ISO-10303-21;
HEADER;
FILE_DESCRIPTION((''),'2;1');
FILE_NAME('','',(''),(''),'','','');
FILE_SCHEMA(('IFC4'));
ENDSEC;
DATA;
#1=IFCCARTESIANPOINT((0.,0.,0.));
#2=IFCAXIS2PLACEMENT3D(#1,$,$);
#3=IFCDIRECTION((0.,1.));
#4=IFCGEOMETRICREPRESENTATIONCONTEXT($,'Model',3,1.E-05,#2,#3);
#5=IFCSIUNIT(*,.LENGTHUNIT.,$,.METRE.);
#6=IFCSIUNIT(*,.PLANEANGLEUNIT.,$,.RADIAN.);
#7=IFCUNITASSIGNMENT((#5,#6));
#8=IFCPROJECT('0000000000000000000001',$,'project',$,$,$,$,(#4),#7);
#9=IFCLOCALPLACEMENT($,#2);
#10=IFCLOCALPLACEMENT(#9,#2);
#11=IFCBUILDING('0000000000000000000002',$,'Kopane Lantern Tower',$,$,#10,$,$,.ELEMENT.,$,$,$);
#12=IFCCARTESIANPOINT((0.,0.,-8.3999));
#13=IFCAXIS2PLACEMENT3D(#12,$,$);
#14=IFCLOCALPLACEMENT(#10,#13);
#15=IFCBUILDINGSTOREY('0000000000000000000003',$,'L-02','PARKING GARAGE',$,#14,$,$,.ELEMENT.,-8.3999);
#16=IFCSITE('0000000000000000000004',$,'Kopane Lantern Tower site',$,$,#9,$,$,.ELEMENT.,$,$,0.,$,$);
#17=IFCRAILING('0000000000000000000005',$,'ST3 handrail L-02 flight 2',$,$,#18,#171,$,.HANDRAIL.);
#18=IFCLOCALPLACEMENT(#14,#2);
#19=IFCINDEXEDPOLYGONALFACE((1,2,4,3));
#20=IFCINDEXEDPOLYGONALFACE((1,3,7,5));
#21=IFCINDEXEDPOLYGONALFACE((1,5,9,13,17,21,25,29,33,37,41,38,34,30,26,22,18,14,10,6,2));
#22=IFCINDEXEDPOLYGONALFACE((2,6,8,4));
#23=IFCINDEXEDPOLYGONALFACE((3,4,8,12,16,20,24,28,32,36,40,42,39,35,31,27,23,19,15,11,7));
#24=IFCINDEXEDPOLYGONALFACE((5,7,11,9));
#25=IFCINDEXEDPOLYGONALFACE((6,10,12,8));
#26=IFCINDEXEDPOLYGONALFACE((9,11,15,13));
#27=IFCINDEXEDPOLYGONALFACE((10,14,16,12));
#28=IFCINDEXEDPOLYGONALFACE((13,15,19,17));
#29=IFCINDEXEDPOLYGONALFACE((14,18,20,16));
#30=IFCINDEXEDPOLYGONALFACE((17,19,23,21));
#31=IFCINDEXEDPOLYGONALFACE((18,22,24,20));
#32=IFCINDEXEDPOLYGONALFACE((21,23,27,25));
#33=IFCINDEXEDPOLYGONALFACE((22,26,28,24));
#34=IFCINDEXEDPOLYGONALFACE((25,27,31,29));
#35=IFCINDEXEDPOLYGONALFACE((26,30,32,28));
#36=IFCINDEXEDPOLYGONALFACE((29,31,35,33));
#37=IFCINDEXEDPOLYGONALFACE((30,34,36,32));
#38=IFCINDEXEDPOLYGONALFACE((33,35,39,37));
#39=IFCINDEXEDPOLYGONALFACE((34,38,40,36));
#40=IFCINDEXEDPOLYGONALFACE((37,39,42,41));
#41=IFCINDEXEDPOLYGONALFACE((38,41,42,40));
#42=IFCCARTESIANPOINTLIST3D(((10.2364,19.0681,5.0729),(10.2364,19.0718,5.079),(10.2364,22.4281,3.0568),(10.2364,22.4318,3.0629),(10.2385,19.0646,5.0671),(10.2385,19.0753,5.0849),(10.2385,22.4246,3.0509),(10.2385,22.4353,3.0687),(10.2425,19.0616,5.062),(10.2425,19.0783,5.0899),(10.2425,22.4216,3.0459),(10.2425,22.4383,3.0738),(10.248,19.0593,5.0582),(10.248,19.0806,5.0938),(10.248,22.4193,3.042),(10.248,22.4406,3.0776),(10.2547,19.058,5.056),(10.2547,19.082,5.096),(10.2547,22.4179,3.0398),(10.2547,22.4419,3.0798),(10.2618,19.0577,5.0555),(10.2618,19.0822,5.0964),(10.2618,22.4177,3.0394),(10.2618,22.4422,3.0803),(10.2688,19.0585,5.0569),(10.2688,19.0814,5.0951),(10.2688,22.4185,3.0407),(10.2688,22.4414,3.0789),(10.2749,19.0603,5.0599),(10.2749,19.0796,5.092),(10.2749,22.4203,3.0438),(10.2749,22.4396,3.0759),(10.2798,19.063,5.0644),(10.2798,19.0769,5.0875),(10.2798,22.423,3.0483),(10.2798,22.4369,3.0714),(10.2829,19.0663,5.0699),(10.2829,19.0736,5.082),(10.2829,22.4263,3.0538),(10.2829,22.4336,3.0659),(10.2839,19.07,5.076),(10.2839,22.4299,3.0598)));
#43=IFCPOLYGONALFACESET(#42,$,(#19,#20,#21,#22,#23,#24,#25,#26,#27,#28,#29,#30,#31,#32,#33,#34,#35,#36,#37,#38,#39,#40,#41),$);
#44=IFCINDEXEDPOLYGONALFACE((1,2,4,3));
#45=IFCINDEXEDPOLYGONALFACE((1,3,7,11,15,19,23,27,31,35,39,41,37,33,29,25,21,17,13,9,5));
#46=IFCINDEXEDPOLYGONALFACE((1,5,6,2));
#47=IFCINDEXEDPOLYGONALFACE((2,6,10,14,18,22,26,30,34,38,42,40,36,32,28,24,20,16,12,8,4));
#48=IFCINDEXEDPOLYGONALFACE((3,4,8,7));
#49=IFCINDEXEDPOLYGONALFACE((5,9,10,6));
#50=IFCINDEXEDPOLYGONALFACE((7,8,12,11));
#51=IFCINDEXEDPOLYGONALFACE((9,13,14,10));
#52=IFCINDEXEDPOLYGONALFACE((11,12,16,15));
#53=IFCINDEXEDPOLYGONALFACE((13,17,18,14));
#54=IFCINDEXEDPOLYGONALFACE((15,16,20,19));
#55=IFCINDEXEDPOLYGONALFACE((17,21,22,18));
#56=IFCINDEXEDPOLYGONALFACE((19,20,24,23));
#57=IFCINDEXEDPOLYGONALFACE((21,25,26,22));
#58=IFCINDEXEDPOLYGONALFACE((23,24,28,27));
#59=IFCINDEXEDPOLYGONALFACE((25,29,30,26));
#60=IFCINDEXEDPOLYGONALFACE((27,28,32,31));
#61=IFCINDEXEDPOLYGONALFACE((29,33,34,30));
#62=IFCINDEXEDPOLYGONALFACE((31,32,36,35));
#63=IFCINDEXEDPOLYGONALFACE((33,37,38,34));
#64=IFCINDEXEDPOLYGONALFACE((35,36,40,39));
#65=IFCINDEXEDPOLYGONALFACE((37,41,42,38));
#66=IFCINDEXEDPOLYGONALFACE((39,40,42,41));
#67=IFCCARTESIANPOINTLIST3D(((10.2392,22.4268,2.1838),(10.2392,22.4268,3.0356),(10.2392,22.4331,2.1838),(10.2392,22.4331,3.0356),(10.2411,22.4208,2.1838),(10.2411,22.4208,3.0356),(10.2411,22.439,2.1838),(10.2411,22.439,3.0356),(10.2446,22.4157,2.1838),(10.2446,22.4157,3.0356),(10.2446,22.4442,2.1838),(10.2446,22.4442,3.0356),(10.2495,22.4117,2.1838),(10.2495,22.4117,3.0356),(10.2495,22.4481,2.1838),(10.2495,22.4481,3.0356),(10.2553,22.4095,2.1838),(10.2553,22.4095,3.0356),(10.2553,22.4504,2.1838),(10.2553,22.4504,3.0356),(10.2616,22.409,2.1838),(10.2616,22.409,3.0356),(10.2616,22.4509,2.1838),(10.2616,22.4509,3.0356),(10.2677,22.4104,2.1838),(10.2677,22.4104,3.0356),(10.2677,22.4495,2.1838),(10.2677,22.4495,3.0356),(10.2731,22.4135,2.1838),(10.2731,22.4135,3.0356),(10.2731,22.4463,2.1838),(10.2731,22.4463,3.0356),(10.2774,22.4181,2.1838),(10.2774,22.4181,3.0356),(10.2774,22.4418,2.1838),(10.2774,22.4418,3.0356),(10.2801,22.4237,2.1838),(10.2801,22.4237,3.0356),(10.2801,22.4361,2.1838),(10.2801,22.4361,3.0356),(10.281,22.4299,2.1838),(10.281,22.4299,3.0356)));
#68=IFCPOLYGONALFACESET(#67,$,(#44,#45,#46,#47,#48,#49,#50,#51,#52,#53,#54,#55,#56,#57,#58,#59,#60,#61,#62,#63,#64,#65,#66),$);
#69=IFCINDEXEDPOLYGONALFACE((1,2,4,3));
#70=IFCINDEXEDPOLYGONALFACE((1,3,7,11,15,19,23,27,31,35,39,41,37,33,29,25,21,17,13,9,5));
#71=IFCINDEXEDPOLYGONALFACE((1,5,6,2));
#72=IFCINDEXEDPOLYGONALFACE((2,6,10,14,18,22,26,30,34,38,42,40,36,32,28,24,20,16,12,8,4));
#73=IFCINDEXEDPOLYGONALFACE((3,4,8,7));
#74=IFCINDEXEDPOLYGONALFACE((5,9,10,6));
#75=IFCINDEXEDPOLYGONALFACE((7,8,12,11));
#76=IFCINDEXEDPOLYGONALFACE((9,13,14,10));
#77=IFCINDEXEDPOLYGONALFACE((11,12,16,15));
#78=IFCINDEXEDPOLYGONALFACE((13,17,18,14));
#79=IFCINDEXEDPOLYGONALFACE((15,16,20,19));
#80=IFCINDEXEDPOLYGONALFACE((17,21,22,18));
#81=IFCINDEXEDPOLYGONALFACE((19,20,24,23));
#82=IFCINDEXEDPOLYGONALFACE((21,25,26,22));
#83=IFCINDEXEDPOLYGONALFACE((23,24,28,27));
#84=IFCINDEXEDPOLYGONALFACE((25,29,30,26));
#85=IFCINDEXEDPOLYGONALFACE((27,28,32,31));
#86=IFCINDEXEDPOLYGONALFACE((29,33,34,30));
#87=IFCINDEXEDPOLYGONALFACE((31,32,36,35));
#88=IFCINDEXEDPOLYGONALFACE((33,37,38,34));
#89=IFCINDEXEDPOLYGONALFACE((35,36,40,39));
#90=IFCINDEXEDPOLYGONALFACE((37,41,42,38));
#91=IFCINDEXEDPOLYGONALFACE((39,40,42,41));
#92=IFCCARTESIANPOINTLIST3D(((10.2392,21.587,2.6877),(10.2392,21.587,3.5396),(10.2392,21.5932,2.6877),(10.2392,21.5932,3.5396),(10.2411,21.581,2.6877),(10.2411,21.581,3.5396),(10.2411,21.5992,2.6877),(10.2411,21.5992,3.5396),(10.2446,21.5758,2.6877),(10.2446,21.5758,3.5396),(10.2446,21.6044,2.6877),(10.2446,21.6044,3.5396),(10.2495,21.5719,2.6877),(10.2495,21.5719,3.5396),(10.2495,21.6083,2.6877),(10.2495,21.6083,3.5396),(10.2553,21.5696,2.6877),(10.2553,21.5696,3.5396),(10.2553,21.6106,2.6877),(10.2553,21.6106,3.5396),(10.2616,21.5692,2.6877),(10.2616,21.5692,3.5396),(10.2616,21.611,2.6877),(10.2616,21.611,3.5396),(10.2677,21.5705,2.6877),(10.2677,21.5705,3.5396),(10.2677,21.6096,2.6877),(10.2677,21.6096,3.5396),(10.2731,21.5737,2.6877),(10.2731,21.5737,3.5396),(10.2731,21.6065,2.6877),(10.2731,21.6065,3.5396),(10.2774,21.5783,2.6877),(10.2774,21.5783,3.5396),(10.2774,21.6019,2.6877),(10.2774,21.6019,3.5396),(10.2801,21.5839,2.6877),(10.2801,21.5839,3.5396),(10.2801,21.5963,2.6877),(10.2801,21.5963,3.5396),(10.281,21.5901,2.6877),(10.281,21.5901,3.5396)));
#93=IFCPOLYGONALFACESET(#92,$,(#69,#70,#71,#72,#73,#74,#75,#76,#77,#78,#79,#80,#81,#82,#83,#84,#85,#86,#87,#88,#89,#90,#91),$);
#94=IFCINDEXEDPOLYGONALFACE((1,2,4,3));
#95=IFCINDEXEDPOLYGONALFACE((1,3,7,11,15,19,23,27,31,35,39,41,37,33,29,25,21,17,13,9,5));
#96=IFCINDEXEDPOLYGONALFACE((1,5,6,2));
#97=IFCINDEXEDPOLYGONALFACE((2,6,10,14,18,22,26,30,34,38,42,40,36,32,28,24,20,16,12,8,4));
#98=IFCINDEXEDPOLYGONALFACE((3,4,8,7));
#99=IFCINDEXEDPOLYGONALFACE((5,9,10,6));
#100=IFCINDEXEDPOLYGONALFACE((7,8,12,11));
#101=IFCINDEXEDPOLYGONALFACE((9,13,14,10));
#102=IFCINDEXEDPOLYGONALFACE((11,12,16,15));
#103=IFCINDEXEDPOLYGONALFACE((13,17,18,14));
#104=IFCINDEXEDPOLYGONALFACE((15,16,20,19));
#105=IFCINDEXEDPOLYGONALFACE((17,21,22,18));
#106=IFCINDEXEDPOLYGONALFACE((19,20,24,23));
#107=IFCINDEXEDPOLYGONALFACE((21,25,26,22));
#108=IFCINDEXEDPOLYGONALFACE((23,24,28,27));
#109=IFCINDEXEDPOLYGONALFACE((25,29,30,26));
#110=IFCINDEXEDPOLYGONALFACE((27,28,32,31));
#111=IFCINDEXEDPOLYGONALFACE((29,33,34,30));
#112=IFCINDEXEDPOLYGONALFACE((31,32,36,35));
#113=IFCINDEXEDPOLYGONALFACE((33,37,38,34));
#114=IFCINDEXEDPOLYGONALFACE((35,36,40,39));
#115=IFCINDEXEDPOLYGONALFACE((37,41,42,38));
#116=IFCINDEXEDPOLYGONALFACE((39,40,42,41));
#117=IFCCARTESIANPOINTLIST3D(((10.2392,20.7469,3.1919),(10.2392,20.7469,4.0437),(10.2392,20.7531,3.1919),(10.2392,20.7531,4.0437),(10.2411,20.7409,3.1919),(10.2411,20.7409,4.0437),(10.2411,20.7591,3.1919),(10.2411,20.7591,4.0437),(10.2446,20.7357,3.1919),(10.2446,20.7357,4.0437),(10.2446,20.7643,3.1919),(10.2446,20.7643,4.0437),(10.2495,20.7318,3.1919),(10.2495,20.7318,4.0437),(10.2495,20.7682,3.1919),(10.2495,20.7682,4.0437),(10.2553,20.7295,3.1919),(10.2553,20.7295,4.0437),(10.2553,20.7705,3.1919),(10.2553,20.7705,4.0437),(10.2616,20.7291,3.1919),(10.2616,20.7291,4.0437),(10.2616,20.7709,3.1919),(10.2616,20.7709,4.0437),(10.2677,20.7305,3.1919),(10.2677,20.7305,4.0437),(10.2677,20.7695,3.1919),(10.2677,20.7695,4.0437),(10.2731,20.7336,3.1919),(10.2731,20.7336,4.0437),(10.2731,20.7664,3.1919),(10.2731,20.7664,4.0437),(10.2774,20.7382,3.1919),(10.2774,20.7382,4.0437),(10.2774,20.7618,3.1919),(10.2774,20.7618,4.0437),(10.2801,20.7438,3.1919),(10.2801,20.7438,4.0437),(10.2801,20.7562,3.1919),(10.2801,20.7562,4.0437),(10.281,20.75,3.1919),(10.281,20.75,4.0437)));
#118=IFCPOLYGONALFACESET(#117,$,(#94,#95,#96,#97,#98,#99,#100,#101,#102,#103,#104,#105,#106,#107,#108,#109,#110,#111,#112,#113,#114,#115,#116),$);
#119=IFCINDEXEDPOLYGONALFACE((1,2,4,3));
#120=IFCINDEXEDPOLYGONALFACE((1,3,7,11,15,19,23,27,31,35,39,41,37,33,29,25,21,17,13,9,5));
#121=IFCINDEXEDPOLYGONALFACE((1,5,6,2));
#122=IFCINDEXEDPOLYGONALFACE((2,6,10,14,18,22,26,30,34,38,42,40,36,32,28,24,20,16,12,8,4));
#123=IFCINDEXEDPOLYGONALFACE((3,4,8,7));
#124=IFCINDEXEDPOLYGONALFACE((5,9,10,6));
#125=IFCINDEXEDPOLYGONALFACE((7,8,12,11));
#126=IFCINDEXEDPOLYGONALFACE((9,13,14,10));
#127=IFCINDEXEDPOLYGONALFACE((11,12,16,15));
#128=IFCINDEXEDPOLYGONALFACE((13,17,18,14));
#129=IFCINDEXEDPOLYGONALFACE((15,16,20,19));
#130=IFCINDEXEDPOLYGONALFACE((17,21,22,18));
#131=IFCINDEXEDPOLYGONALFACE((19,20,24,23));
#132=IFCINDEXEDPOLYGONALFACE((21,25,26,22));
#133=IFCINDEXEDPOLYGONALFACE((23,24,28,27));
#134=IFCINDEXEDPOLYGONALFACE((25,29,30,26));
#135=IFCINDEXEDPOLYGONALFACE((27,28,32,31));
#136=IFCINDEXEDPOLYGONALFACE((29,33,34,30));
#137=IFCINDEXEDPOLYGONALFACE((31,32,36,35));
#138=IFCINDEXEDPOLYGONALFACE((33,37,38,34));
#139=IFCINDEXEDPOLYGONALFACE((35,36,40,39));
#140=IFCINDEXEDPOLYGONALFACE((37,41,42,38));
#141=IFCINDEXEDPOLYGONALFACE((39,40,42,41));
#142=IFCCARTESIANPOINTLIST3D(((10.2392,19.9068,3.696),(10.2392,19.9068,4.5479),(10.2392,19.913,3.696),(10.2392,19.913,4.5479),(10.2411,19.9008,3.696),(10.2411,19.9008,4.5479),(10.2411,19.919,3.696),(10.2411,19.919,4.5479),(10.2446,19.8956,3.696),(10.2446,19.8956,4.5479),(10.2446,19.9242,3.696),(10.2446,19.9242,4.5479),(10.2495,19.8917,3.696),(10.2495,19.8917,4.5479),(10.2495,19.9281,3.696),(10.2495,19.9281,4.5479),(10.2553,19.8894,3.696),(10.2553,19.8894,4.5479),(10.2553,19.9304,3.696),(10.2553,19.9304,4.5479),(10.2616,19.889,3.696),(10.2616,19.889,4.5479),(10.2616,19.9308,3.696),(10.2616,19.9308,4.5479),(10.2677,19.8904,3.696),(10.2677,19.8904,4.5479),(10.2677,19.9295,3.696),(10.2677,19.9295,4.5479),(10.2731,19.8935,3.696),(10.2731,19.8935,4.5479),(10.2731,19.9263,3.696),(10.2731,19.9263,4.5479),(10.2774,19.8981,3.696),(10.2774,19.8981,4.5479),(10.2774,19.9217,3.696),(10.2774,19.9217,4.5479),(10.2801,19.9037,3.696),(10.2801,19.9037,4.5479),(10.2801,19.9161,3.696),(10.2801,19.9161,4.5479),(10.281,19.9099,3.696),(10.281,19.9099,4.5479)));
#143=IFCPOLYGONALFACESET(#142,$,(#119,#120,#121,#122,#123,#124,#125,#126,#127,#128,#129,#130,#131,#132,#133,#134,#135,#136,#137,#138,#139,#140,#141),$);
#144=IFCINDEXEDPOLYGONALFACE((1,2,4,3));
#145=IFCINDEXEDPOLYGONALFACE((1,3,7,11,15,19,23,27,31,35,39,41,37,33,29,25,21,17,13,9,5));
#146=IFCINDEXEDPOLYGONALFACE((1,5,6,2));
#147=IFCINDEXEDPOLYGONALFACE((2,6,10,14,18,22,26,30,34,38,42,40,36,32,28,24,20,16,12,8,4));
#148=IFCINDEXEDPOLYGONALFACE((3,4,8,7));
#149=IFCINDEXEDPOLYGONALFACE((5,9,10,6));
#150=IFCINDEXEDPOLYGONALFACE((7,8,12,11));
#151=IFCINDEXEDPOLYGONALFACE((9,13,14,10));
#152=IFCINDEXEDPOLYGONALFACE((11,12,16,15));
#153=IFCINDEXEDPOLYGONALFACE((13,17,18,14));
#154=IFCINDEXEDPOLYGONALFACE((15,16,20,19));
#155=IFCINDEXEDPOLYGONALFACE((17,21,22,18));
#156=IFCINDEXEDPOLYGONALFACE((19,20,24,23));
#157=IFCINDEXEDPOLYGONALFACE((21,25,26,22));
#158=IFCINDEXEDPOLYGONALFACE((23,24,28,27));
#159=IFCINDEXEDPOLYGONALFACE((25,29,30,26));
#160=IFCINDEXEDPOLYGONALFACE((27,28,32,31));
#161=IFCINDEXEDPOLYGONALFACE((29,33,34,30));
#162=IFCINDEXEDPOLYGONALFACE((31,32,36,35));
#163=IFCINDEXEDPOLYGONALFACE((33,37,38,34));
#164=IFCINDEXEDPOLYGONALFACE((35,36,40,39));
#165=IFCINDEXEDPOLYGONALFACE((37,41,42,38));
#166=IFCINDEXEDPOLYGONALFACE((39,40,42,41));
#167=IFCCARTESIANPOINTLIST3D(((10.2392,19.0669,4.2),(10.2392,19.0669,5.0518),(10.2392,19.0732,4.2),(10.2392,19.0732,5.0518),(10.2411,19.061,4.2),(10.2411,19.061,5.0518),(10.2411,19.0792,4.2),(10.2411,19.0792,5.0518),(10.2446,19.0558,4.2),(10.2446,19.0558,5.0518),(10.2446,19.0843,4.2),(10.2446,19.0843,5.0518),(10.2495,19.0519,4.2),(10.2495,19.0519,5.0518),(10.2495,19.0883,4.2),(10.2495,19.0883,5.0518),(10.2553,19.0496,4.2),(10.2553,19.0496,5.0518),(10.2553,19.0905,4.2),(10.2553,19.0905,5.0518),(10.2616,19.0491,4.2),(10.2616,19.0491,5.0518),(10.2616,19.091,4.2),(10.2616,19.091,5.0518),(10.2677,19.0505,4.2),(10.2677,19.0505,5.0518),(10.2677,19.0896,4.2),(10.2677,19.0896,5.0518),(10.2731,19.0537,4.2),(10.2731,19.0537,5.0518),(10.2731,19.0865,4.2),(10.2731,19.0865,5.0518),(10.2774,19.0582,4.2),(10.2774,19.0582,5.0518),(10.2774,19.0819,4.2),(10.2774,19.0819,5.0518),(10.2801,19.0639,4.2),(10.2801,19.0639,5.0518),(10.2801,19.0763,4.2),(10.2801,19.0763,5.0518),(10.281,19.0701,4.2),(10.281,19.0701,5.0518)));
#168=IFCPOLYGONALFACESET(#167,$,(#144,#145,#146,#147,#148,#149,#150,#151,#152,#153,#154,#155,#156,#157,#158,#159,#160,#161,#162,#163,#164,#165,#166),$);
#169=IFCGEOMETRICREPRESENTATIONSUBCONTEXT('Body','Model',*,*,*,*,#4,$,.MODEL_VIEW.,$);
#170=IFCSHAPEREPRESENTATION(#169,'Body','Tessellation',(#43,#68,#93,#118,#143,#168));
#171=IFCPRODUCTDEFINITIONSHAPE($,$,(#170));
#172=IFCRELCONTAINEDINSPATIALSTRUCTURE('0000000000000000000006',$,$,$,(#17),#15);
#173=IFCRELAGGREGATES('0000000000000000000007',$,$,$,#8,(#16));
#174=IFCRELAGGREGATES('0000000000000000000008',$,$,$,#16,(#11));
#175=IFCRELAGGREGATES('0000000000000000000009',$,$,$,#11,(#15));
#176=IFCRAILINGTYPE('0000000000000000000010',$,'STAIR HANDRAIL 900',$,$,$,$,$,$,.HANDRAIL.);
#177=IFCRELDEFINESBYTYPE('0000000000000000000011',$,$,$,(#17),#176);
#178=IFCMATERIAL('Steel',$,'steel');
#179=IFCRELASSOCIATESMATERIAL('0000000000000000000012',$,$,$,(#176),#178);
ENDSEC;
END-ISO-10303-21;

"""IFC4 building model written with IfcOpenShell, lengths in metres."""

from ifc_helpers import new_model, si_unit, direction, frame, origin, origin_2d, place, context, subcontext, project, spatial, circle, extrude, material, type_object, element, save


model = new_model("IFC4")

# Units and contexts
model_context = context("Model", 3, precision=1e-05, world=origin(), true_north=direction((0.0, 1.0)))
body_context = subcontext(model_context, "Body", "Model", "MODEL_VIEW")
ifc_project = project(units=[si_unit("LENGTHUNIT", "METRE"), si_unit("PLANEANGLEUNIT", "RADIAN")], contexts=[model_context])

# Site, building, storey
site_placement = place(None, origin())
site = spatial("IfcSite", under=ifc_project, at=site_placement, Name="Kopane Lantern Tower site", CompositionType="ELEMENT", RefElevation=0.0)
building_placement = place(site_placement, origin())
building = spatial("IfcBuilding", under=site, at=building_placement, Name="Kopane Lantern Tower", CompositionType="ELEMENT")
storey_placement = place(building_placement, frame((0.0, 0.0, -8.3999)))
storey = spatial("IfcBuildingStorey", under=building, at=storey_placement, Name="L-02", Description="PARKING GARAGE", CompositionType="ELEMENT", Elevation=-8.3999)

# Railing
ifc_material_1 = material(Name="Steel", Category="steel")
railing_type_1 = type_object("IfcRailingType", Name="STAIR HANDRAIL 900", PredefinedType="HANDRAIL", material=ifc_material_1)
for number, where, name in (
    (1, (10.26, 22.4299, 2.1838), "ST3 handrail L-02 flight 2"),
):
    element("IfcRailing", number, at=place(storey_placement, frame(where)), inside=storey, type_object=railing_type_1, Name=name, PredefinedType="HANDRAIL", context=body_context, shape_type="SweptSolid", body=[
        extrude(circle(Radius=0.0239, at=origin_2d()), frame((0.0, 0.0, 0.876), z_axis=(0.0, -0.857471, 0.514532), x_axis=(1.0, 0.0, 0.0)), (0.0, 0.0, 1.0), 3.9185),
        extrude(circle(Radius=0.021, at=origin_2d()), origin(), (0.0, 0.0, 1.0), 0.8518),
        extrude(circle(Radius=0.021, at=origin_2d()), frame((0.0, -0.8398, 0.5039)), (0.0, 0.0, 1.0), 0.8518),
        extrude(circle(Radius=0.021, at=origin_2d()), frame((0.0, -1.6799, 1.0081)), (0.0, 0.0, 1.0), 0.8518),
        extrude(circle(Radius=0.021, at=origin_2d()), frame((0.0, -2.52, 1.5122)), (0.0, 0.0, 1.0), 0.8518),
        extrude(circle(Radius=0.021, at=origin_2d()), frame((0.0, -3.3599, 2.0161)), (0.0, 0.0, 1.0), 0.8518),
    ])

save(model, "model.ifc")
